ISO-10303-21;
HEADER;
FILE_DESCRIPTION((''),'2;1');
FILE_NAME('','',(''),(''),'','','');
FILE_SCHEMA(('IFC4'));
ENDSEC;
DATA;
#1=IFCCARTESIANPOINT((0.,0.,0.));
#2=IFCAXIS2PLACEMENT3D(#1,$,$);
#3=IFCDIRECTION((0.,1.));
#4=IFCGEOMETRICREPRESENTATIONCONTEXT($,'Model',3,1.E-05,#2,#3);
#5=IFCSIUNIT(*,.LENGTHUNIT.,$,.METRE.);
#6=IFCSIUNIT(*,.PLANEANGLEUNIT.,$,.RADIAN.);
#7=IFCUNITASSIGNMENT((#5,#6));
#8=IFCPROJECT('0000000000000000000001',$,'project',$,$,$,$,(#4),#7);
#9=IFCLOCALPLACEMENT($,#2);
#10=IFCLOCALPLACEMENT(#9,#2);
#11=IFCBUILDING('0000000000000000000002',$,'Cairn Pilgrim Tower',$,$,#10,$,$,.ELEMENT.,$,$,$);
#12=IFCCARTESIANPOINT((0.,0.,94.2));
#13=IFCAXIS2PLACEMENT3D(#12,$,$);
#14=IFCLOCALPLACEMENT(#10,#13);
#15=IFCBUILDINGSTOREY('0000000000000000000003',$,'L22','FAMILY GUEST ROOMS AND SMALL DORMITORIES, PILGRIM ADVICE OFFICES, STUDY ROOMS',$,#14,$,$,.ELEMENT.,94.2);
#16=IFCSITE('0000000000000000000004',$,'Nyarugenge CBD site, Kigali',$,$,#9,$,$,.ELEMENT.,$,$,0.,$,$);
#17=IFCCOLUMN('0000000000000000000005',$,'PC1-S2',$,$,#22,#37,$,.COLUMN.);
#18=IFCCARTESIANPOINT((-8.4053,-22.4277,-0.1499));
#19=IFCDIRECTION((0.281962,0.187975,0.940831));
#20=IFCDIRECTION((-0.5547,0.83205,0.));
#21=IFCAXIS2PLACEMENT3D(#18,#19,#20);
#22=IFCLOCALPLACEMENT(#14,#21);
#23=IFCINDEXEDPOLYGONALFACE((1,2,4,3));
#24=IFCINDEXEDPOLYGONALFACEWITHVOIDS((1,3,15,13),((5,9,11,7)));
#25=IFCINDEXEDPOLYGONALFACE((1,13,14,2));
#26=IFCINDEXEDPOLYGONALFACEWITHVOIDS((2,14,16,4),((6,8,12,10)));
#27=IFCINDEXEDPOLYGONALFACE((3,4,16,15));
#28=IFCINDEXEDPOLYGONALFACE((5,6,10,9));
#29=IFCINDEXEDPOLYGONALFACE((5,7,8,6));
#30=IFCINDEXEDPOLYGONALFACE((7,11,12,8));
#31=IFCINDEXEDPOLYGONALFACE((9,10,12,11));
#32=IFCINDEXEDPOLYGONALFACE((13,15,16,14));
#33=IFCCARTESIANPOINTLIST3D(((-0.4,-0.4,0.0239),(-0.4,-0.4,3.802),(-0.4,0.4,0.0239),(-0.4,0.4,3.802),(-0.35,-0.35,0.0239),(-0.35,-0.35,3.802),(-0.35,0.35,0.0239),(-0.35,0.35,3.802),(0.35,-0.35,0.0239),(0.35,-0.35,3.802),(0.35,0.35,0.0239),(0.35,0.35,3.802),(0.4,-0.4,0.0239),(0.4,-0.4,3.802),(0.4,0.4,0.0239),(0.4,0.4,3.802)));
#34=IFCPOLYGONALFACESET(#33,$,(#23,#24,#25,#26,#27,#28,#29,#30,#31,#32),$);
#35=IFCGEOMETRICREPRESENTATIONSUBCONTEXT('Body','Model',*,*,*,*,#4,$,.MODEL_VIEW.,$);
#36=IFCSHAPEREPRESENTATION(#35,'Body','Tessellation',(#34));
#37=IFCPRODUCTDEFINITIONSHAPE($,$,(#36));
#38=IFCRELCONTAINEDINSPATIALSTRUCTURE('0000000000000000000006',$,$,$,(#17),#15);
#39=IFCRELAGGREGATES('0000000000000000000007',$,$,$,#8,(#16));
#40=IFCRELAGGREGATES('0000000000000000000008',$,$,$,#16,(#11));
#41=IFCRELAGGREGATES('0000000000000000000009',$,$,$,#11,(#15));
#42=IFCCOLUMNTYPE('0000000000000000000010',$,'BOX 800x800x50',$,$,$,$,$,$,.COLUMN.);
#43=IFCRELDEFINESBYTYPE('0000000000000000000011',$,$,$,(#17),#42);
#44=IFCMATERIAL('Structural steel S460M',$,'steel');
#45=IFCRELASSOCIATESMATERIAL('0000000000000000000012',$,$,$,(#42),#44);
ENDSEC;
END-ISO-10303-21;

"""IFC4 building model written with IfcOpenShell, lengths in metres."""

from ifc_helpers import new_model, si_unit, direction, frame, origin, origin_2d, place, context, subcontext, project, spatial, hollow_rectangle, extrude, clip, halfspace, material, material_profile, profile_set, type_object, element, save


model = new_model("IFC4")

# Units and contexts
model_context = context("Model", 3, precision=1e-05, world=origin(), true_north=direction((0.0, 1.0)))
body_context = subcontext(model_context, "Body", "Model", "MODEL_VIEW")
ifc_project = project(units=[si_unit("LENGTHUNIT", "METRE"), si_unit("PLANEANGLEUNIT", "RADIAN")], contexts=[model_context])

# Site, building, storey
site_placement = place(None, origin())
site = spatial("IfcSite", under=ifc_project, at=site_placement, Name="Nyarugenge CBD site, Kigali", CompositionType="ELEMENT", RefElevation=0.0)
building_placement = place(site_placement, origin())
building = spatial("IfcBuilding", under=site, at=building_placement, Name="Cairn Pilgrim Tower", CompositionType="ELEMENT")
storey_placement = place(building_placement, frame((0.0, 0.0, 94.2)))
storey = spatial("IfcBuildingStorey", under=building, at=storey_placement, Name="L22", Description="FAMILY GUEST ROOMS AND SMALL DORMITORIES, PILGRIM ADVICE OFFICES, STUDY ROOMS", CompositionType="ELEMENT", Elevation=94.2)

# Column
ifc_material_1 = material(Name="Structural steel S460M", Category="steel")
ifc_material_profile_1 = material_profile(ifc_material_1, hollow_rectangle(XDim=0.8, YDim=0.8, WallThickness=0.05, at=origin_2d()), Name="BOX 800x800x50")
ifc_profile_set_1 = profile_set([ifc_material_profile_1], Name="Structural steel S460M")
column_type_1 = type_object("IfcColumnType", Name="BOX 800x800x50", PredefinedType="COLUMN", material=ifc_profile_set_1)
column_1_placement = place(storey_placement, frame((-8.4053, -22.4277, -0.1499), z_axis=(0.281962, 0.187975, 0.940831), x_axis=(-0.5547, 0.83205, 0.0)))
element("IfcColumn", 1, at=column_1_placement, inside=storey, type_object=column_type_1, Name="PC1-S2", PredefinedType="COLUMN", context=body_context, shape_type="Clipping", body=[
    clip(clip(extrude(hollow_rectangle(XDim=0.8, YDim=0.8, WallThickness=0.05, at=origin_2d()), origin(), (0.0, 0.0, 1.0), 3.8262), halfspace(frame((0.0, 0.0, 0.0239), z_axis=(0.0, 0.0, 1.0), x_axis=(1.0, 0.0, 0.0)), True)), halfspace(frame((0.0, 0.0, 3.802), z_axis=(0.0, 0.0, 1.0), x_axis=(1.0, 0.0, 0.0)), False)),
])

save(model, "model.ifc")
